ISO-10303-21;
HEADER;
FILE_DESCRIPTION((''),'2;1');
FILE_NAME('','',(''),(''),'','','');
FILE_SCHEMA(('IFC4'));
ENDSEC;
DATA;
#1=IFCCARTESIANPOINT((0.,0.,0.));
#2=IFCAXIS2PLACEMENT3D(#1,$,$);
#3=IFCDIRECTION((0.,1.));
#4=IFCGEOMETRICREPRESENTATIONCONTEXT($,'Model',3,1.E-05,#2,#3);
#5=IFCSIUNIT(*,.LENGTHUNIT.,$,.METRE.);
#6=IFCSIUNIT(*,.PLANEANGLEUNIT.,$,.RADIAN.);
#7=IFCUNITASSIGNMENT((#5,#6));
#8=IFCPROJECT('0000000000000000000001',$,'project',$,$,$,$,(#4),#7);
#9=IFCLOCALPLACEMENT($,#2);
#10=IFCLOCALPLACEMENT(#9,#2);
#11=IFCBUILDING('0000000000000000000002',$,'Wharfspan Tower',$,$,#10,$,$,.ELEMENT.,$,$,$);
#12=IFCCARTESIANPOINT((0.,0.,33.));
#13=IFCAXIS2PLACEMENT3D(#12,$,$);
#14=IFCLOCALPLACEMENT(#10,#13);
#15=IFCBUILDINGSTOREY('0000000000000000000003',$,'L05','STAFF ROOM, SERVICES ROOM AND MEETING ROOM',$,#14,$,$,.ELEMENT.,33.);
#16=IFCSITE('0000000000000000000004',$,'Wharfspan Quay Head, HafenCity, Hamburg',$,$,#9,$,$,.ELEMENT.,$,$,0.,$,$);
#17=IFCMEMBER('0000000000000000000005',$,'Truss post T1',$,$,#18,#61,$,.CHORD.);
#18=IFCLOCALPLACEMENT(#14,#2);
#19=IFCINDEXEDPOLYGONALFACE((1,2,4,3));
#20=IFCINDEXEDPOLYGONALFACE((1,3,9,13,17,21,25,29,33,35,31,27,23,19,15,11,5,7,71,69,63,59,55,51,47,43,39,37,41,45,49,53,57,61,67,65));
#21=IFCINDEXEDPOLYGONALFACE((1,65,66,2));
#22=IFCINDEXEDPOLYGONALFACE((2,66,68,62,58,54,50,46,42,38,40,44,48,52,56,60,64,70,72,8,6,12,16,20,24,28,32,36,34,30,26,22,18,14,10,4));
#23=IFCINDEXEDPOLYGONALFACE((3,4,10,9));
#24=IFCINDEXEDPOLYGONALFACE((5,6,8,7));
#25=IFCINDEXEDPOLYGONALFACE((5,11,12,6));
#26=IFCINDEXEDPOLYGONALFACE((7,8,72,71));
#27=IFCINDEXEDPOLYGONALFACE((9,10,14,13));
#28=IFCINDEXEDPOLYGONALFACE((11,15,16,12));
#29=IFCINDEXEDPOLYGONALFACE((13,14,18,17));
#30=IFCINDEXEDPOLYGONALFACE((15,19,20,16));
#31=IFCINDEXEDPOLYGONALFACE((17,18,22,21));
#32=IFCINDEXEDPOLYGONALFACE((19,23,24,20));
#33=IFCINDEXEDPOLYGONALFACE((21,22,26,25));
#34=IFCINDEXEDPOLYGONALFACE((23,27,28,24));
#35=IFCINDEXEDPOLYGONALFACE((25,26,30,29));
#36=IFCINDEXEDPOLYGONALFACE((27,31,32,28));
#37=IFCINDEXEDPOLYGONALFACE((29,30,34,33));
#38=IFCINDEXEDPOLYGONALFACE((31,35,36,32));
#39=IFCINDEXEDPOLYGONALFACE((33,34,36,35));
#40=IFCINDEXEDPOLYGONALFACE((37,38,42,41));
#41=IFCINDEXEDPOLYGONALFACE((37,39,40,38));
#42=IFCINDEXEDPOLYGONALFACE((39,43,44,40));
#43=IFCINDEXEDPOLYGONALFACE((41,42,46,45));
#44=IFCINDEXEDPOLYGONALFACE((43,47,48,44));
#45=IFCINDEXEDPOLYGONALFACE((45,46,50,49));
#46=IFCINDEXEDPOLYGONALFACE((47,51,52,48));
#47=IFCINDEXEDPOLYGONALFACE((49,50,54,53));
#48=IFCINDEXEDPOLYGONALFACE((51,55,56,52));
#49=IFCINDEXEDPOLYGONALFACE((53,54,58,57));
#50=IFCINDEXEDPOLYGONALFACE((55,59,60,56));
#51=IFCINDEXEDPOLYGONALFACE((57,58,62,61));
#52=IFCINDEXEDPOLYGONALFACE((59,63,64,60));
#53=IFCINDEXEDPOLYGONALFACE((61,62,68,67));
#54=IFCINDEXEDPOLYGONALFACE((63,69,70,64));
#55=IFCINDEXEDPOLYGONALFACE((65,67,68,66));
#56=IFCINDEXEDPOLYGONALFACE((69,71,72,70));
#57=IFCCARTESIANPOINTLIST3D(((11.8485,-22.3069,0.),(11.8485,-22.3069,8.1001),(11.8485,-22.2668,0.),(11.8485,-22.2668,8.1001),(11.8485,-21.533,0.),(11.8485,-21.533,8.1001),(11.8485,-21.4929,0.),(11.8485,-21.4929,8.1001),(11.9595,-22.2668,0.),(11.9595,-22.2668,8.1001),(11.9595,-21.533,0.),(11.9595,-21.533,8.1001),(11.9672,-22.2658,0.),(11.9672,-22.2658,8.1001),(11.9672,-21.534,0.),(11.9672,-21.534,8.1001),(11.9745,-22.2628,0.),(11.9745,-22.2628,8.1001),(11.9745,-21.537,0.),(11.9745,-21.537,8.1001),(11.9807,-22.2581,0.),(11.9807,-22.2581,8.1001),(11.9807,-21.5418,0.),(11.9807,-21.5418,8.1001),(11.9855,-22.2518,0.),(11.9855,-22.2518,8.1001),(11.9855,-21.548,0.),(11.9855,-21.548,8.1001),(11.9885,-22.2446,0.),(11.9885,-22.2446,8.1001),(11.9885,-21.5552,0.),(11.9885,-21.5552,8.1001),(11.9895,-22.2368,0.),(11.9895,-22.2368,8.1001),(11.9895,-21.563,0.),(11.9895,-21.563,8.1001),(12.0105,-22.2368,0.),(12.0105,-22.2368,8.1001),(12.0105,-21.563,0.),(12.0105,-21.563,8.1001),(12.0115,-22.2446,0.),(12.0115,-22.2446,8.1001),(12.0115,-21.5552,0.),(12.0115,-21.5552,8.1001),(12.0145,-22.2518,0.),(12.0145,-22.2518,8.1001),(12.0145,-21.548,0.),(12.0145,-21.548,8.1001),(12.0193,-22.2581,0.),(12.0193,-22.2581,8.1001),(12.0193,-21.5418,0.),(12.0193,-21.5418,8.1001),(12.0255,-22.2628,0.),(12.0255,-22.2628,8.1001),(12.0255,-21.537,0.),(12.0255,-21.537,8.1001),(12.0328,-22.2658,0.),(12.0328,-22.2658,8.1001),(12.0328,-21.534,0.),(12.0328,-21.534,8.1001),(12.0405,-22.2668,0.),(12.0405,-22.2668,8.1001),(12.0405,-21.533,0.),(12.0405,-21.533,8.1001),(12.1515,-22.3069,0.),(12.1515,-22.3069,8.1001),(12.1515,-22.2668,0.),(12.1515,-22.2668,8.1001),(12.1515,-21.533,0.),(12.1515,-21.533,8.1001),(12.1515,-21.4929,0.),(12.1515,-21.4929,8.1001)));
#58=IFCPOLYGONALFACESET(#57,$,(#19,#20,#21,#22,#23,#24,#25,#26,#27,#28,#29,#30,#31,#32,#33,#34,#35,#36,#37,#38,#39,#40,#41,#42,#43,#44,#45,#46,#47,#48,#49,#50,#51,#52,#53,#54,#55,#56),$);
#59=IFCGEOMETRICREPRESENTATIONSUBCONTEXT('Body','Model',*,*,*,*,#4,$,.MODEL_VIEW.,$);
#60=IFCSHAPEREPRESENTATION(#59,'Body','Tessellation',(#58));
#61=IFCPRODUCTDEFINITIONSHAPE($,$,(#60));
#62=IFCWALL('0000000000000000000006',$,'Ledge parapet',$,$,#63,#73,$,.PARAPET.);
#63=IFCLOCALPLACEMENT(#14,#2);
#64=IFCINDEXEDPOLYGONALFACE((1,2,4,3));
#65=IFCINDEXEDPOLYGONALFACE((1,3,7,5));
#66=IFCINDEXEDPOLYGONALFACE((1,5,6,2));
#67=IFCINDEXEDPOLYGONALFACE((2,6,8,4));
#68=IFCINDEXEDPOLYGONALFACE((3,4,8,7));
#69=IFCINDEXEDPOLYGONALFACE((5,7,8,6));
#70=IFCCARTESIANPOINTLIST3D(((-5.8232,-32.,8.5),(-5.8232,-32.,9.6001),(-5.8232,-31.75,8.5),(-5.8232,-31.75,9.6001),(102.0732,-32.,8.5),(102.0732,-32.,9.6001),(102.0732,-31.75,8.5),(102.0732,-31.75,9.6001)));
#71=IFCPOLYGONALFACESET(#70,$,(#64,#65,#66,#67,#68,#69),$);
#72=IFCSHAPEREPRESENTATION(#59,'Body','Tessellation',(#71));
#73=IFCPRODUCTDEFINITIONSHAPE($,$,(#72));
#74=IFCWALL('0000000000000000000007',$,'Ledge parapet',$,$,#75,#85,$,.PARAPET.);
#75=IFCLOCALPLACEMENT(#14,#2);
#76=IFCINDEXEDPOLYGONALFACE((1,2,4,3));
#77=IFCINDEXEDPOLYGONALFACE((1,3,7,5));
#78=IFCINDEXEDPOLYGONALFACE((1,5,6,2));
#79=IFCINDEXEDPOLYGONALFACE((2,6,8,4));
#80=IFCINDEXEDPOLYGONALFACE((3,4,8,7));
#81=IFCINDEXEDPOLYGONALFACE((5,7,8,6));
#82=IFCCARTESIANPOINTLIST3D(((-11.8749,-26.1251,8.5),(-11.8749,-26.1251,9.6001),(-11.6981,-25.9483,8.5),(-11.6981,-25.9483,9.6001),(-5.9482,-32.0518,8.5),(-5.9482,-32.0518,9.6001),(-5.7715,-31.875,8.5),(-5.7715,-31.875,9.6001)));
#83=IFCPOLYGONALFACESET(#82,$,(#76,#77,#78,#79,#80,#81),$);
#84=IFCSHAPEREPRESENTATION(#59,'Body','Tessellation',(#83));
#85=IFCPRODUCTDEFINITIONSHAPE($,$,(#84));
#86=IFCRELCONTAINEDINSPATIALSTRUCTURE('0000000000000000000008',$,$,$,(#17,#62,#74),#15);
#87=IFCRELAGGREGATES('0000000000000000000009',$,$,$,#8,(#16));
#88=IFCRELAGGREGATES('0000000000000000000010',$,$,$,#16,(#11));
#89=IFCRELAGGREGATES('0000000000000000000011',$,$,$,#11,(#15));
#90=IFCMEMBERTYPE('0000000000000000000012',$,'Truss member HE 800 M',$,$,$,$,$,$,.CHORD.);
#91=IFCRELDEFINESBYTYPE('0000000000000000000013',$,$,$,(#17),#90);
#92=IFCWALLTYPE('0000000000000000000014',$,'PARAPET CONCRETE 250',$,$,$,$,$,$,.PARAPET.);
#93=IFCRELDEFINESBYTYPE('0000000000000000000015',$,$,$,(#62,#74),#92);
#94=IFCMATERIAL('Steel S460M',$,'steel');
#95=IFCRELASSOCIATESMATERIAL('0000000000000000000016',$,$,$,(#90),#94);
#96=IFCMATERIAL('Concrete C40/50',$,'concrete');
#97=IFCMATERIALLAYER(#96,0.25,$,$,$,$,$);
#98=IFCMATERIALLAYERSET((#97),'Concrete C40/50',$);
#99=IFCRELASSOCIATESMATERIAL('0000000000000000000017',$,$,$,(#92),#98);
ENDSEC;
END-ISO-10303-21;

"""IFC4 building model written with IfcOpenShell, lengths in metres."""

from ifc_helpers import new_model, si_unit, direction, frame, frame_2d, origin, origin_2d, place, context, subcontext, project, spatial, rectangle, i_section, extrude, material, layer, layer_set, material_profile, profile_set, type_object, element, save


model = new_model("IFC4")

# Units and contexts
model_context = context("Model", 3, precision=1e-05, world=origin(), true_north=direction((0.0, 1.0)))
body_context = subcontext(model_context, "Body", "Model", "MODEL_VIEW")
ifc_project = project(units=[si_unit("LENGTHUNIT", "METRE"), si_unit("PLANEANGLEUNIT", "RADIAN")], contexts=[model_context])

# Site, building, storey
site_placement = place(None, origin())
site = spatial("IfcSite", under=ifc_project, at=site_placement, Name="Wharfspan Quay Head, HafenCity, Hamburg", CompositionType="ELEMENT", RefElevation=0.0)
building_placement = place(site_placement, origin())
building = spatial("IfcBuilding", under=site, at=building_placement, Name="Wharfspan Tower", CompositionType="ELEMENT")
storey_placement = place(building_placement, frame((0.0, 0.0, 33.0)))
storey = spatial("IfcBuildingStorey", under=building, at=storey_placement, Name="L05", Description="STAFF ROOM, SERVICES ROOM AND MEETING ROOM", CompositionType="ELEMENT", Elevation=33.0)

# Member
ifc_material_1 = material(Name="Steel S460M", Category="steel")
ifc_material_profile_1 = material_profile(ifc_material_1, i_section(OverallWidth=0.303, OverallDepth=0.814, WebThickness=0.021, FlangeThickness=0.04, FilletRadius=0.03, at=origin_2d()))
ifc_profile_set_1 = profile_set([ifc_material_profile_1], Name="Steel S460M")
member_type_1 = type_object("IfcMemberType", Name="Truss member HE 800 M", PredefinedType="CHORD", material=ifc_profile_set_1)
member_1_placement = place(storey_placement, frame((12.0, -21.8999, 0.0), z_axis=(0.0, 0.0, 1.0), x_axis=(1.0, 0.0, 0.0)))
element("IfcMember", 1, at=member_1_placement, inside=storey, type_object=member_type_1, Name="Truss post T1", PredefinedType="CHORD", context=body_context, shape_type="SweptSolid", body=[
    extrude(i_section(OverallWidth=0.303, OverallDepth=0.814, WebThickness=0.021, FlangeThickness=0.04, FilletRadius=0.03, at=origin_2d()), origin(), (0.0, 0.0, 1.0), 8.1001),
])

# Walls
ifc_material_2 = material(Name="Concrete C40/50", Category="concrete")
ifc_layer = layer(ifc_material_2, 0.25)
ifc_layer_set = layer_set([ifc_layer], Name="Concrete C40/50")
wall_type = type_object("IfcWallType", Name="PARAPET CONCRETE 250", PredefinedType="PARAPET", material=ifc_layer_set)
wall_1_placement = place(storey_placement, frame((-5.8232, -31.875, 8.5), z_axis=(0.0, 0.0, 1.0), x_axis=(1.0, 0.0, 0.0)))
element("IfcWall", 2, at=wall_1_placement, inside=storey, type_object=wall_type, Name="Ledge parapet", PredefinedType="PARAPET", context=body_context, shape_type="SweptSolid", body=[
    extrude(rectangle(XDim=107.8965, YDim=0.25, at=frame_2d((53.9482, 0.0))), origin(), (0.0, 0.0, 1.0), 1.1001),
])
wall_2_placement = place(storey_placement, frame((-11.7866, -26.0366, 8.5), z_axis=(0.0, 0.0, 1.0), x_axis=(0.707107, -0.707107, 0.0)))
element("IfcWall", 3, at=wall_2_placement, inside=storey, type_object=wall_type, Name="Ledge parapet", PredefinedType="PARAPET", context=body_context, shape_type="SweptSolid", body=[
    extrude(rectangle(XDim=8.3816, YDim=0.25, at=frame_2d((4.1909, 0.0))), origin(), (0.0, 0.0, 1.0), 1.1001),
])

save(model, "model.ifc")
